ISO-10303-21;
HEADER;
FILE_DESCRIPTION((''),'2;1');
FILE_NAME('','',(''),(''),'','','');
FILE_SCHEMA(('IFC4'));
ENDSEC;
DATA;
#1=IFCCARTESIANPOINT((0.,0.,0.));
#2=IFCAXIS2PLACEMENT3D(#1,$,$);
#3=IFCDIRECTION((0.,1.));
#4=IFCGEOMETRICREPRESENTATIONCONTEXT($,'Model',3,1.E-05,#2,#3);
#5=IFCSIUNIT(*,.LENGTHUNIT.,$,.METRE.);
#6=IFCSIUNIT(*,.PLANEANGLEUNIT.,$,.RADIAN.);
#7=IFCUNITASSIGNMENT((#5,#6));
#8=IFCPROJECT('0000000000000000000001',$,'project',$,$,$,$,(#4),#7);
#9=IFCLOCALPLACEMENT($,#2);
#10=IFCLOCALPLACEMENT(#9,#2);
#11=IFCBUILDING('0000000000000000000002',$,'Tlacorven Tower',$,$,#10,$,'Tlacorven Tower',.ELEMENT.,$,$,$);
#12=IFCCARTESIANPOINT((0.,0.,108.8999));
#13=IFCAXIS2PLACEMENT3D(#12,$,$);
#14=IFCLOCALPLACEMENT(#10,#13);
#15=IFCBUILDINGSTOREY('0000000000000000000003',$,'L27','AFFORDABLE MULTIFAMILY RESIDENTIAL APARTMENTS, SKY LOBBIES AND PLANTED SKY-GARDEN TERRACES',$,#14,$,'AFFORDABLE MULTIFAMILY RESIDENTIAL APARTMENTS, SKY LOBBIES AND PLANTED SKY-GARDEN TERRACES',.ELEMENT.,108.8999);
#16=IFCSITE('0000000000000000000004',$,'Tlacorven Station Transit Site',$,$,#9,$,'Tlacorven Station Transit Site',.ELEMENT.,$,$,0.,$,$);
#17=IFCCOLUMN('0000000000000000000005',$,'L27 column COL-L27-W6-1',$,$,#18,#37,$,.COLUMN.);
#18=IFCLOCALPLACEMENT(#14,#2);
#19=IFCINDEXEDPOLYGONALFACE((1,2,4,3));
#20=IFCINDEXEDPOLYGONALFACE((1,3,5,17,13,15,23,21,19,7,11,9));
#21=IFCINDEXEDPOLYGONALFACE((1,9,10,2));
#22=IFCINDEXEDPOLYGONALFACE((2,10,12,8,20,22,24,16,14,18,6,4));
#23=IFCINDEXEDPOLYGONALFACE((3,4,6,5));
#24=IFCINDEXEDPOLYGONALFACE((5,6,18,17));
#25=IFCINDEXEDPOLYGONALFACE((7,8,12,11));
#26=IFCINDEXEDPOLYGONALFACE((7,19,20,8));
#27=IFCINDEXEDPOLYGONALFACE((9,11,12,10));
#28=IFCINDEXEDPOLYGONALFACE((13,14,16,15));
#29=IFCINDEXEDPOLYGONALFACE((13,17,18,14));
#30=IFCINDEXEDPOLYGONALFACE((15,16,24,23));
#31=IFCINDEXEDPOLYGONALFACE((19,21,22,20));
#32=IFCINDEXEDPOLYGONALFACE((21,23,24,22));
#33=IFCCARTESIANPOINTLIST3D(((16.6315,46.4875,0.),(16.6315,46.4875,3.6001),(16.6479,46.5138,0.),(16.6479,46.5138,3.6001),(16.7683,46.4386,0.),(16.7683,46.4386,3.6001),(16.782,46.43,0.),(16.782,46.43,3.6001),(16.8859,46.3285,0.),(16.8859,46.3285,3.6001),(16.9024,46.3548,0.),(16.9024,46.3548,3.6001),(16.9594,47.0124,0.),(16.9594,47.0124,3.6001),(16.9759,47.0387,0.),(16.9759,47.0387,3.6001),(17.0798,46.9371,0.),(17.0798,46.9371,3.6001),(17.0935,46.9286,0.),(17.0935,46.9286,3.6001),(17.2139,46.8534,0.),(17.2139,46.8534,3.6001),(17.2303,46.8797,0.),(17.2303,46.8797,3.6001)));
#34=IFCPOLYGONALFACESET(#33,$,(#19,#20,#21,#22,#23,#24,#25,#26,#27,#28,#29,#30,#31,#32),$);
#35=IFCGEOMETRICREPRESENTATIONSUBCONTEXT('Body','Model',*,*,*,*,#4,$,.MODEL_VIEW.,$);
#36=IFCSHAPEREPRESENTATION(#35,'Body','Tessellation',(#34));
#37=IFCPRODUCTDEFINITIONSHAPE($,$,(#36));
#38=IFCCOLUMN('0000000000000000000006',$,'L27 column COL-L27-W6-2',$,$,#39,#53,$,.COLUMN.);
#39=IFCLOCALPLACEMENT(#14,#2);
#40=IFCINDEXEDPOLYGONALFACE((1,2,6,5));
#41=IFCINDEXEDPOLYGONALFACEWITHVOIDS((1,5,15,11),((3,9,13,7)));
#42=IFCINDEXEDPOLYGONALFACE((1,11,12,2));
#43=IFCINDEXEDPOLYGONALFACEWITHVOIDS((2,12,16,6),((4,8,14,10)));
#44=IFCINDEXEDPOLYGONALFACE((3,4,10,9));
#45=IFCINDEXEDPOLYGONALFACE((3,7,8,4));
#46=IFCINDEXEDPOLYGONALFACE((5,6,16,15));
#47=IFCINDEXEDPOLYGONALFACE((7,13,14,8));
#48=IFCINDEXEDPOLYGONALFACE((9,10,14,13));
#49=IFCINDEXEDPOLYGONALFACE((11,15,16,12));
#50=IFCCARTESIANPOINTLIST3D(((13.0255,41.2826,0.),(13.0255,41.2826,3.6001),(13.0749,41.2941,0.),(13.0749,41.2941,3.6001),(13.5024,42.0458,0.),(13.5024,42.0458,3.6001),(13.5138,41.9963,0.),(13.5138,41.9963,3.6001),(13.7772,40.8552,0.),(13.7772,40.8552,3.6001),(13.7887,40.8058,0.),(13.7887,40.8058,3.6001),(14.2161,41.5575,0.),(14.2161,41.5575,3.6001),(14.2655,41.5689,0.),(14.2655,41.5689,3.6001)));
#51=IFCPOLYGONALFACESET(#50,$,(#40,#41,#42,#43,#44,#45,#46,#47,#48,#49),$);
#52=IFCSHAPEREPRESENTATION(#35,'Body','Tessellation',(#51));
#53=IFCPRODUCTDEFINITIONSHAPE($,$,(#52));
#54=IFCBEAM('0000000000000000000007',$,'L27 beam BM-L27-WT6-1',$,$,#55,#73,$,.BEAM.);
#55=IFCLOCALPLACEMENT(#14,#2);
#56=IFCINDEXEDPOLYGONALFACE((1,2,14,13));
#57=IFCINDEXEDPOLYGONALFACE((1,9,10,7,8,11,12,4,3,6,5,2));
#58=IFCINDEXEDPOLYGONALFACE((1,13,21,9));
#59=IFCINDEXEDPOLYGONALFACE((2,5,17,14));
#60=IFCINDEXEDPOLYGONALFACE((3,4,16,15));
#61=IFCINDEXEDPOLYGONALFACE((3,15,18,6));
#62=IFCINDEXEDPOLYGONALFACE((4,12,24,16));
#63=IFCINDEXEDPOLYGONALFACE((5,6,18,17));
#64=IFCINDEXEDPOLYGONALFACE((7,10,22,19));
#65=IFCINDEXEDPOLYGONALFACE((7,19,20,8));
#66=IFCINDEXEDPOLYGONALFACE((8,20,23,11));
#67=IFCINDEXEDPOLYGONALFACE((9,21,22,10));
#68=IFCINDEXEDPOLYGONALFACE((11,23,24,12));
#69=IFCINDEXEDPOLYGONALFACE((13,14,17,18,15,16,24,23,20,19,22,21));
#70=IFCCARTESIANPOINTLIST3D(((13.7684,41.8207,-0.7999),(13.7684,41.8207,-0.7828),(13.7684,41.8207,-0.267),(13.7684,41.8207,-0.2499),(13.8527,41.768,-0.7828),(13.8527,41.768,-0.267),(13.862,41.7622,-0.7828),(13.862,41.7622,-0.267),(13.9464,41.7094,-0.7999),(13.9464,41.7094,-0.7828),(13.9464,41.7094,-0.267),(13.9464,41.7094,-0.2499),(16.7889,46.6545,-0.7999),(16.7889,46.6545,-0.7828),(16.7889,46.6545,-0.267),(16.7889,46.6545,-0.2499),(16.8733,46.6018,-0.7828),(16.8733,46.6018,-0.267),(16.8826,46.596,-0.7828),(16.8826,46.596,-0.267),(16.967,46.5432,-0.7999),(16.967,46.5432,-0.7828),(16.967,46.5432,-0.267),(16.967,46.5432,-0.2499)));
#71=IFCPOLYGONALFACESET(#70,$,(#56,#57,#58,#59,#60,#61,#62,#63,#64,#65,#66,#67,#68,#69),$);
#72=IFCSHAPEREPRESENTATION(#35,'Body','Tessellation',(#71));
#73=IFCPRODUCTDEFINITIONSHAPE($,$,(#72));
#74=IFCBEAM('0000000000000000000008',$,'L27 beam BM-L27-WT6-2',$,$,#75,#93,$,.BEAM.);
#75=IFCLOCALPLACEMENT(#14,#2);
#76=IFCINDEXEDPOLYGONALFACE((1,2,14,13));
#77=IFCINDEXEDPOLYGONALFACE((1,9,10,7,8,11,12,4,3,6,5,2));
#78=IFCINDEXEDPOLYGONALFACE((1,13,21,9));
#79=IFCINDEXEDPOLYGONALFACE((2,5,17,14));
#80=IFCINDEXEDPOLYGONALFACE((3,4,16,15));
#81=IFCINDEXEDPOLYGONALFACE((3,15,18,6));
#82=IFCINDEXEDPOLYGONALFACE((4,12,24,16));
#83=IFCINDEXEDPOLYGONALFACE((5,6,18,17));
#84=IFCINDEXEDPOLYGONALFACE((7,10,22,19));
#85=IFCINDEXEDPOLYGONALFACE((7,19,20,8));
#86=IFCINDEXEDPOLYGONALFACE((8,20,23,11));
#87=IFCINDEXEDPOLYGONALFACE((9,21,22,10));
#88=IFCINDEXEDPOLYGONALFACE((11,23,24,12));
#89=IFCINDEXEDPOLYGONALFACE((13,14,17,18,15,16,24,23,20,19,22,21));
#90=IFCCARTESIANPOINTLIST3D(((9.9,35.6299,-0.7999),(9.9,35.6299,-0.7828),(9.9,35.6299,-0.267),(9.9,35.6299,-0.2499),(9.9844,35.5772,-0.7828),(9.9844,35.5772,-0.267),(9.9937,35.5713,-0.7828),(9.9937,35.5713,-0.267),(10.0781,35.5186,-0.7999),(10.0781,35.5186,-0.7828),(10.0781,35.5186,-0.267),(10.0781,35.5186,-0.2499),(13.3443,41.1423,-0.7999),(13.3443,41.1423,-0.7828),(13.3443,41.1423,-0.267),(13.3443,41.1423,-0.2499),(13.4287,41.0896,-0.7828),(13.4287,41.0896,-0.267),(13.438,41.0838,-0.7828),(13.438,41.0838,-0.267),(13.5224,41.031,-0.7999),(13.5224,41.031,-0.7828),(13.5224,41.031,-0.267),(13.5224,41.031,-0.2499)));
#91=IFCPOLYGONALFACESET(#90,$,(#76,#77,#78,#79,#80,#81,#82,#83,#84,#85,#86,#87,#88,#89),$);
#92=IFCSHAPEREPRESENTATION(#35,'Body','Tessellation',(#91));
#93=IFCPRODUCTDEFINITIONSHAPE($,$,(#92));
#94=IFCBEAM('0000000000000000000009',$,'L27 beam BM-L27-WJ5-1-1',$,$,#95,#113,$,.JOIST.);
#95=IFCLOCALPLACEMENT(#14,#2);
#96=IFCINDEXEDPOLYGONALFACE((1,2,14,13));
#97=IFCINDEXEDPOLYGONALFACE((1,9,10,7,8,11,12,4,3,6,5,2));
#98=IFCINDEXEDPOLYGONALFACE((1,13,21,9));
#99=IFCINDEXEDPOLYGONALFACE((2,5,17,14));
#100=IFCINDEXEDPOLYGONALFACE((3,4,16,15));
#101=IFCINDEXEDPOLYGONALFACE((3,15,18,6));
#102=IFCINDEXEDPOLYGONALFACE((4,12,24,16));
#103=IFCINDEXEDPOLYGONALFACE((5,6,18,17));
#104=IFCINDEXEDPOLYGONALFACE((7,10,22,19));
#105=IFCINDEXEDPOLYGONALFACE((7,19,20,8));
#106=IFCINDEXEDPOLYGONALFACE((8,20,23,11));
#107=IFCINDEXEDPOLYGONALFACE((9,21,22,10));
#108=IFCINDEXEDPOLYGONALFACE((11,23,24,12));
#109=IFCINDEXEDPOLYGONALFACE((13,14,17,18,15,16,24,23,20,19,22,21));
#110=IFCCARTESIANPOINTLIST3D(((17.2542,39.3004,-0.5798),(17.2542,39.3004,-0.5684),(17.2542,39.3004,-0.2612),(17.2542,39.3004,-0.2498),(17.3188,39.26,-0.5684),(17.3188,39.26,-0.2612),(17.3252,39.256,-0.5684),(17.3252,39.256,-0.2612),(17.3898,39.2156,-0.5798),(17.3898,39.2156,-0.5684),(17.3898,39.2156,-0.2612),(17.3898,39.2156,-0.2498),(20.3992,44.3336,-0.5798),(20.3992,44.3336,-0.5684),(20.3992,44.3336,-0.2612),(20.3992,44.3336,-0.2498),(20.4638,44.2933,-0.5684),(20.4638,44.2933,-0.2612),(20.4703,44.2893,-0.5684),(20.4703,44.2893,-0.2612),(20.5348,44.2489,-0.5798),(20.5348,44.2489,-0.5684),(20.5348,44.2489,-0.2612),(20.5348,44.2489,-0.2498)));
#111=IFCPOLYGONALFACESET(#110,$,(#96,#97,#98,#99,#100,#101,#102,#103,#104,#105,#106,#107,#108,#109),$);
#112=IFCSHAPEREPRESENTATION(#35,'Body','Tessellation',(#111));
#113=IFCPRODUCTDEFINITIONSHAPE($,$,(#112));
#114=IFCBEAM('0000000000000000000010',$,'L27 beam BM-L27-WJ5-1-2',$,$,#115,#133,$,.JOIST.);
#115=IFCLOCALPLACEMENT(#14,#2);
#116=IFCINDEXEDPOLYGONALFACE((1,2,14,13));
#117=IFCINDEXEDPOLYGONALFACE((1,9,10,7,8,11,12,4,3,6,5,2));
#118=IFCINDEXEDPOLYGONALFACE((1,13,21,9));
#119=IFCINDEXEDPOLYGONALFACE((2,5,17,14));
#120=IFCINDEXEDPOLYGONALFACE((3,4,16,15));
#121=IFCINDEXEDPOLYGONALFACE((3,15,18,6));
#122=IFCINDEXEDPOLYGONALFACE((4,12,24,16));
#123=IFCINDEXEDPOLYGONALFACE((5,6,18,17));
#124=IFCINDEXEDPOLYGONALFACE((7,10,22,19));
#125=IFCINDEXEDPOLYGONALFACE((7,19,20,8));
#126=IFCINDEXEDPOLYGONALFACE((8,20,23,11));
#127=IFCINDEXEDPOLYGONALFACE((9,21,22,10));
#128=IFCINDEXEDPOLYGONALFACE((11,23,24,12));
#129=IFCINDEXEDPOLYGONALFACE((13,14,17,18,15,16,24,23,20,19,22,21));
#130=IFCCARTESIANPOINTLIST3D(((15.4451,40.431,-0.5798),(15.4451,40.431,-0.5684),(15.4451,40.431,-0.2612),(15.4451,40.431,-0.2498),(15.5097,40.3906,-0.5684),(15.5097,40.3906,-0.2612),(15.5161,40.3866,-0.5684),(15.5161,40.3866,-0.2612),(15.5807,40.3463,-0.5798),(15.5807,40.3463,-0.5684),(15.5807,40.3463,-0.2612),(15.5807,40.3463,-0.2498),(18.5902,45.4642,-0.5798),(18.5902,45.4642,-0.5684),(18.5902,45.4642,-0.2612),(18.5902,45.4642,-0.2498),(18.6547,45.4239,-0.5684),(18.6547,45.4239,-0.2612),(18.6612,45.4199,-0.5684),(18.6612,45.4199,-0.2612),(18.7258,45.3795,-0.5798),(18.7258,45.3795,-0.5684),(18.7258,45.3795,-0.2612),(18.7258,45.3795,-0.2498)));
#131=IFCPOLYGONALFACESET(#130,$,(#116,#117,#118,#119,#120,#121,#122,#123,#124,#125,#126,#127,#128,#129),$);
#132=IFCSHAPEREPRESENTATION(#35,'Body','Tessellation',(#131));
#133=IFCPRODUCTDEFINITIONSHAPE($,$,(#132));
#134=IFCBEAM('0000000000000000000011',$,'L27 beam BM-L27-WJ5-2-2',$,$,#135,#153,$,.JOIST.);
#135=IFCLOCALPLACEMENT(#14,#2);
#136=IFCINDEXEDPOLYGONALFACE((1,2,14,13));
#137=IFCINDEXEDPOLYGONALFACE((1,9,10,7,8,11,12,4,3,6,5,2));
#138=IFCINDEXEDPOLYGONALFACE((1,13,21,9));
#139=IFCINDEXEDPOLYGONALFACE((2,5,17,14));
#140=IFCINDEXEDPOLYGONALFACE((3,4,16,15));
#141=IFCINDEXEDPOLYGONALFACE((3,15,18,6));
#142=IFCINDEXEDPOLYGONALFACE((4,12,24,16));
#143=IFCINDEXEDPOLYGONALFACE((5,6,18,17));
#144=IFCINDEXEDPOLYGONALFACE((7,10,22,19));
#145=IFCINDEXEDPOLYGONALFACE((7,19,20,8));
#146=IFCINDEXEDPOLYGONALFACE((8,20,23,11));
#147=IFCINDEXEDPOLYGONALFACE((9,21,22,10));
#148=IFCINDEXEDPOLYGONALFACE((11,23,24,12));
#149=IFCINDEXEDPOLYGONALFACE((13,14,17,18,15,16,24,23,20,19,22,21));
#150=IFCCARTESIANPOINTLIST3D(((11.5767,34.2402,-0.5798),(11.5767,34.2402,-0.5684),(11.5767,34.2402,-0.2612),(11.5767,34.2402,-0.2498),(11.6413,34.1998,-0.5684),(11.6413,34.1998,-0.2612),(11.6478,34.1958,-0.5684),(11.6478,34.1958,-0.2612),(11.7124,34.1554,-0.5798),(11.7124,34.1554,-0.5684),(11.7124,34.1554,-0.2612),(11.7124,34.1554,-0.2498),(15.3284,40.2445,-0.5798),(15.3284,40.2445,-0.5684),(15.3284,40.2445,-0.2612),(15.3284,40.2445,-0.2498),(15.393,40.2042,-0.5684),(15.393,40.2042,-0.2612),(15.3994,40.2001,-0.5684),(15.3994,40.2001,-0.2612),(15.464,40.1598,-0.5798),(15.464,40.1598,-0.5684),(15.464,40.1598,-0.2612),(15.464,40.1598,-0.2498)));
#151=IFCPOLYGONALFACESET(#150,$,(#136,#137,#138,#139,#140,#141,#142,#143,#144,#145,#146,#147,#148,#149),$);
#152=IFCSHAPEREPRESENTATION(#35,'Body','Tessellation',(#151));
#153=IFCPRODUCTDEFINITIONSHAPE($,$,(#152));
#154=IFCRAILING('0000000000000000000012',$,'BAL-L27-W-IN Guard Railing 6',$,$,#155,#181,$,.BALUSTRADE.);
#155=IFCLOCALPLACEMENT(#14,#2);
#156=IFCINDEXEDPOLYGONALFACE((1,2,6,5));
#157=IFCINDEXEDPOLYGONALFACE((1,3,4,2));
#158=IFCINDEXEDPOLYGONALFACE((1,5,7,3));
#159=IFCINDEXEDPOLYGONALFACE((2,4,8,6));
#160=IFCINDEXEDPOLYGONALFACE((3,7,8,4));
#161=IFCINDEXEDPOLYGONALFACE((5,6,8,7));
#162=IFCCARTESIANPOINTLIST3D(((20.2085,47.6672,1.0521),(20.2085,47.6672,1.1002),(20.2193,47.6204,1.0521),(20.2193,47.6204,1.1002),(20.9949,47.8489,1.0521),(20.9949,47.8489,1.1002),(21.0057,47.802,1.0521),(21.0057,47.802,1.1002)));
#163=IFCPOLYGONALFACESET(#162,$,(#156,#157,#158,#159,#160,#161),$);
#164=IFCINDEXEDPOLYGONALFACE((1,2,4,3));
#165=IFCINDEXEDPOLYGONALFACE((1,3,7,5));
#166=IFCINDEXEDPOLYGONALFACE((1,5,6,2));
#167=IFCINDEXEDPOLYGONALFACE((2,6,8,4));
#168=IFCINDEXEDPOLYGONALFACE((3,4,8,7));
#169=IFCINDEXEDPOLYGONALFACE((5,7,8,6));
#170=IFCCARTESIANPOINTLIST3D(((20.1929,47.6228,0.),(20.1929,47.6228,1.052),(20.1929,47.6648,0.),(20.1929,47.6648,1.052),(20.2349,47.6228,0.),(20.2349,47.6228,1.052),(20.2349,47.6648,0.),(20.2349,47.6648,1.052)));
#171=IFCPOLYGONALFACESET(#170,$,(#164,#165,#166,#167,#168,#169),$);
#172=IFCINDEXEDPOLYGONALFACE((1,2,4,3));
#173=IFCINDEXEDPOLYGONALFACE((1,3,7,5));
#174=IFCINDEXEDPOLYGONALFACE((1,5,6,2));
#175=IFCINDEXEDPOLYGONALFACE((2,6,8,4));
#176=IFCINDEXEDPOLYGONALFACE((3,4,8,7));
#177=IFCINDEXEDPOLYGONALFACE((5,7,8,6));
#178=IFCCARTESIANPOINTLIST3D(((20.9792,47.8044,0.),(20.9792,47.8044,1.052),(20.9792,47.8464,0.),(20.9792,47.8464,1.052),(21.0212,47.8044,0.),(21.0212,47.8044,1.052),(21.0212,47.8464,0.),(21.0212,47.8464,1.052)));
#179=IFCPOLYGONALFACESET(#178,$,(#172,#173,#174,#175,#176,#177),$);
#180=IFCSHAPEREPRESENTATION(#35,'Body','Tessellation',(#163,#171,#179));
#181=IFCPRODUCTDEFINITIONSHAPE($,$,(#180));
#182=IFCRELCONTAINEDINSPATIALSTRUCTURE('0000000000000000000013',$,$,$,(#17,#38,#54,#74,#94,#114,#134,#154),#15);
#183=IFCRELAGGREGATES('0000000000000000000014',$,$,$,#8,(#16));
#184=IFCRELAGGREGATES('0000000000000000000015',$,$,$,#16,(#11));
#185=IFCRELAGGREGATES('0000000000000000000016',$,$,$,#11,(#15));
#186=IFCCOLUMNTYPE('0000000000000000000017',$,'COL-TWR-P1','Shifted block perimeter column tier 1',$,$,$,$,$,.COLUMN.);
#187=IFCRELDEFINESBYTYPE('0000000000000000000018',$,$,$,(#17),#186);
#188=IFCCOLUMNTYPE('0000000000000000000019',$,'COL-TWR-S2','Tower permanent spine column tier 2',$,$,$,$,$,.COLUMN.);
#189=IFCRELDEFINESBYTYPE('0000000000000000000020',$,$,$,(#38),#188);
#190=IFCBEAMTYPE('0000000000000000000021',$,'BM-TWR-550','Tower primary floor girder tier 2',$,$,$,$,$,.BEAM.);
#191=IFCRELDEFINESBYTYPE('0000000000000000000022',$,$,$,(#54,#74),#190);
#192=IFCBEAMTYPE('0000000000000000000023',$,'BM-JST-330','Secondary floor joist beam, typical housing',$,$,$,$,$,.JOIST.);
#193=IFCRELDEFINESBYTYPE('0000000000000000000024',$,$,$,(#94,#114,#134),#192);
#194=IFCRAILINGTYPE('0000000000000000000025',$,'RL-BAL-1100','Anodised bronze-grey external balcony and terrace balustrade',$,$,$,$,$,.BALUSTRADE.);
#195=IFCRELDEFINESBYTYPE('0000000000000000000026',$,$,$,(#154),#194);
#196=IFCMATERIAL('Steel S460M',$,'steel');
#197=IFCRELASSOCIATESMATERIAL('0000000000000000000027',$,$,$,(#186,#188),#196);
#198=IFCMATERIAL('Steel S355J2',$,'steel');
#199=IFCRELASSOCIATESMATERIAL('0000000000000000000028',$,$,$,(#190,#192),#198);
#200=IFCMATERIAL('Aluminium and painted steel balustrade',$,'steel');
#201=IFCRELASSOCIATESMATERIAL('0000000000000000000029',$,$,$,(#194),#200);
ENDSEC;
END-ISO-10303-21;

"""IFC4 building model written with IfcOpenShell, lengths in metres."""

from ifc_helpers import new_model, si_unit, direction, frame, origin, origin_2d, place, context, subcontext, project, spatial, rectangle, hollow_rectangle, i_section, extrude, source, transform, mapped, material, material_profile, profile_set, type_object, element, save


model = new_model("IFC4")

# Units and contexts
model_context = context("Model", 3, precision=1e-05, world=origin(), true_north=direction((0.0, 1.0)))
body_context = subcontext(model_context, "Body", "Model", "MODEL_VIEW")
ifc_project = project(units=[si_unit("LENGTHUNIT", "METRE"), si_unit("PLANEANGLEUNIT", "RADIAN")], contexts=[model_context])

# Site, building, storey
site_placement = place(None, origin())
site = spatial("IfcSite", under=ifc_project, at=site_placement, Name="Tlacorven Station Transit Site", LongName="Tlacorven Station Transit Site", CompositionType="ELEMENT", RefElevation=0.0)
building_placement = place(site_placement, origin())
building = spatial("IfcBuilding", under=site, at=building_placement, Name="Tlacorven Tower", LongName="Tlacorven Tower", CompositionType="ELEMENT")
storey_placement = place(building_placement, frame((0.0, 0.0, 108.8999)))
storey = spatial("IfcBuildingStorey", under=building, at=storey_placement, Name="L27", Description="AFFORDABLE MULTIFAMILY RESIDENTIAL APARTMENTS, SKY LOBBIES AND PLANTED SKY-GARDEN TERRACES", LongName="AFFORDABLE MULTIFAMILY RESIDENTIAL APARTMENTS, SKY LOBBIES AND PLANTED SKY-GARDEN TERRACES", CompositionType="ELEMENT", Elevation=108.8999)

# Columns
ifc_material_1 = material(Name="Steel S460M", Category="steel")
ifc_material_profile_1 = material_profile(ifc_material_1, i_section(OverallWidth=0.3, OverallDepth=0.6499, WebThickness=0.0161, FlangeThickness=0.031, at=origin_2d()), Name="HEB 650")
ifc_profile_set_1 = profile_set([ifc_material_profile_1], Name="Steel S460M")
column_type_1 = type_object("IfcColumnType", Name="COL-TWR-P1", Description="Shifted block perimeter column tier 1", PredefinedType="COLUMN", material=ifc_profile_set_1)
shared_shape_1 = source(origin(), body_context, "Body", "SweptSolid", [
    extrude(i_section(OverallWidth=0.3, OverallDepth=0.6499, WebThickness=0.0161, FlangeThickness=0.031, at=origin_2d()), origin(), (0.0, 0.0, 1.0), 3.6001),
])
column_1_placement = place(storey_placement, frame((16.9309, 46.6836, 0.0), z_axis=(0.0, 0.0, 1.0), x_axis=(-0.848048, 0.529919, 0.0)))
element("IfcColumn", 1, at=column_1_placement, inside=storey, type_object=column_type_1, Name="L27 column COL-L27-W6-1", PredefinedType="COLUMN", context=body_context, shape_type="MappedRepresentation", body=[
    mapped(shared_shape_1, transform((0.0, 0.0, 0.0), scale=1.0)),
])
ifc_material_profile_2 = material_profile(ifc_material_1, hollow_rectangle(XDim=0.8999, YDim=0.8999, WallThickness=0.0359, at=origin_2d()), Name="BOX 900X900X36")
ifc_profile_set_2 = profile_set([ifc_material_profile_2], Name="Steel S460M")
column_type_2 = type_object("IfcColumnType", Name="COL-TWR-S2", Description="Tower permanent spine column tier 2", PredefinedType="COLUMN", material=ifc_profile_set_2)
shared_shape_2 = source(origin(), body_context, "Body", "SweptSolid", [
    extrude(hollow_rectangle(XDim=0.8999, YDim=0.8999, WallThickness=0.0359, at=origin_2d()), origin(), (0.0, 0.0, 1.0), 3.6001),
])
column_2_placement = place(storey_placement, frame((13.6455, 41.4258, 0.0), z_axis=(0.0, 0.0, 1.0), x_axis=(-0.848048, 0.529919, 0.0)))
element("IfcColumn", 2, at=column_2_placement, inside=storey, type_object=column_type_2, Name="L27 column COL-L27-W6-2", PredefinedType="COLUMN", context=body_context, shape_type="MappedRepresentation", body=[
    mapped(shared_shape_2, transform((0.0, 0.0, 0.0), scale=1.0)),
])

# Beams
ifc_material_2 = material(Name="Steel S355J2", Category="steel")
ifc_material_profile_3 = material_profile(ifc_material_2, i_section(OverallWidth=0.21, OverallDepth=0.55, WebThickness=0.011, FlangeThickness=0.0171, at=origin_2d()), Name="IPE 550")
ifc_profile_set_3 = profile_set([ifc_material_profile_3], Name="Steel S355J2")
beam_type_1 = type_object("IfcBeamType", Name="BM-TWR-550", Description="Tower primary floor girder tier 2", PredefinedType="BEAM", material=ifc_profile_set_3)
shared_shape_3 = source(origin(), body_context, "Body", "SweptSolid", [
    extrude(i_section(OverallWidth=0.21, OverallDepth=0.55, WebThickness=0.011, FlangeThickness=0.0171, at=origin_2d()), origin(), (0.0, 0.0, 1.0), 5.7),
])
beam_1_placement = place(storey_placement, frame((16.8779, 46.5989, -0.5249), z_axis=(-0.529926, -0.848044, 0.0), x_axis=(0.848044, -0.529926, 0.0)))
element("IfcBeam", 3, at=beam_1_placement, inside=storey, type_object=beam_type_1, Name="L27 beam BM-L27-WT6-1", PredefinedType="BEAM", context=body_context, shape_type="MappedRepresentation", body=[
    mapped(shared_shape_3, transform((0.0, 0.0, 0.0), scale=1.0)),
])
shared_shape_4 = source(origin(), body_context, "Body", "SweptSolid", [
    extrude(i_section(OverallWidth=0.21, OverallDepth=0.55, WebThickness=0.011, FlangeThickness=0.0171, at=origin_2d()), origin(), (0.0, 0.0, 1.0), 6.5),
])
beam_2_placement = place(storey_placement, frame((13.4333, 41.0867, -0.5249), z_axis=(-0.529894, -0.848064, 0.0), x_axis=(0.848064, -0.529894, 0.0)))
element("IfcBeam", 4, at=beam_2_placement, inside=storey, type_object=beam_type_1, Name="L27 beam BM-L27-WT6-2", PredefinedType="BEAM", context=body_context, shape_type="MappedRepresentation", body=[
    mapped(shared_shape_4, transform((0.0, 0.0, 0.0), scale=1.0)),
])
ifc_material_profile_4 = material_profile(ifc_material_2, i_section(OverallWidth=0.1599, OverallDepth=0.3301, WebThickness=0.0076, FlangeThickness=0.0115, at=origin_2d()), Name="IPE 330")
ifc_profile_set_4 = profile_set([ifc_material_profile_4], Name="Steel S355J2")
beam_type_2 = type_object("IfcBeamType", Name="BM-JST-330", Description="Secondary floor joist beam, typical housing", PredefinedType="JOIST", material=ifc_profile_set_4)
shared_shape_5 = source(origin(), body_context, "Body", "SweptSolid", [
    extrude(i_section(OverallWidth=0.1599, OverallDepth=0.3301, WebThickness=0.0076, FlangeThickness=0.0115, at=origin_2d()), origin(), (0.0, 0.0, 1.0), 5.9351),
])
for number, where, z_axis, x_axis, name in (
    (5, (20.467, 44.2913, -0.4148), (-0.52991, -0.848054, 0.0), (0.848054, -0.52991, 0.0), "L27 beam BM-L27-WJ5-1-1"),
    (6, (18.658, 45.4219, -0.4148), (-0.52991, -0.848054, 0.0), (0.848054, -0.52991, 0.0), "L27 beam BM-L27-WJ5-1-2"),
):
    element("IfcBeam", number, at=place(storey_placement, frame(where, z_axis=z_axis, x_axis=x_axis)), inside=storey, type_object=beam_type_2, Name=name, PredefinedType="JOIST", context=body_context, shape_type="MappedRepresentation", body=[
        mapped(shared_shape_5, transform((0.0, 0.0, 0.0), scale=1.0)),
    ])
shared_shape_6 = source(origin(), body_context, "Body", "SweptSolid", [
    extrude(i_section(OverallWidth=0.1599, OverallDepth=0.3301, WebThickness=0.0076, FlangeThickness=0.0115, at=origin_2d()), origin(), (0.0, 0.0, 1.0), 7.0801),
])
beam_3_placement = place(storey_placement, frame((15.3962, 40.2021, -0.4148), z_axis=(-0.529894, -0.848064, 0.0), x_axis=(0.848064, -0.529894, 0.0)))
element("IfcBeam", 7, at=beam_3_placement, inside=storey, type_object=beam_type_2, Name="L27 beam BM-L27-WJ5-2-2", PredefinedType="JOIST", context=body_context, shape_type="MappedRepresentation", body=[
    mapped(shared_shape_6, transform((0.0, 0.0, 0.0), scale=1.0)),
])

# Railing
ifc_material_3 = material(Name="Aluminium and painted steel balustrade", Category="steel")
railing_type = type_object("IfcRailingType", Name="RL-BAL-1100", Description="Anodised bronze-grey external balcony and terrace balustrade", PredefinedType="BALUSTRADE", material=ifc_material_3)
shared_shape_7 = source(origin(), body_context, "Body", "SweptSolid", [
    extrude(rectangle(XDim=0.0481, YDim=0.0481, at=origin_2d()), frame((0.0, 0.0, 1.0762), z_axis=(0.974345, 0.225058, 0.0), x_axis=(-0.225058, 0.974345, 0.0)), (0.0, 0.0, 1.0), 0.8071),
    extrude(rectangle(XDim=0.042, YDim=0.042, at=origin_2d()), origin(), (0.0, 0.0, 1.0), 1.052),
    extrude(rectangle(XDim=0.042, YDim=0.042, at=origin_2d()), frame((0.7864, 0.1816, 0.0)), (0.0, 0.0, 1.0), 1.052),
])
railing_1_placement = place(storey_placement, frame((20.2139, 47.6438, 0.0)))
element("IfcRailing", 8, at=railing_1_placement, inside=storey, type_object=railing_type, Name="BAL-L27-W-IN Guard Railing 6", PredefinedType="BALUSTRADE", context=body_context, shape_type="MappedRepresentation", body=[
    mapped(shared_shape_7, transform((0.0, 0.0, 0.0), scale=1.0)),
])

save(model, "model.ifc")
